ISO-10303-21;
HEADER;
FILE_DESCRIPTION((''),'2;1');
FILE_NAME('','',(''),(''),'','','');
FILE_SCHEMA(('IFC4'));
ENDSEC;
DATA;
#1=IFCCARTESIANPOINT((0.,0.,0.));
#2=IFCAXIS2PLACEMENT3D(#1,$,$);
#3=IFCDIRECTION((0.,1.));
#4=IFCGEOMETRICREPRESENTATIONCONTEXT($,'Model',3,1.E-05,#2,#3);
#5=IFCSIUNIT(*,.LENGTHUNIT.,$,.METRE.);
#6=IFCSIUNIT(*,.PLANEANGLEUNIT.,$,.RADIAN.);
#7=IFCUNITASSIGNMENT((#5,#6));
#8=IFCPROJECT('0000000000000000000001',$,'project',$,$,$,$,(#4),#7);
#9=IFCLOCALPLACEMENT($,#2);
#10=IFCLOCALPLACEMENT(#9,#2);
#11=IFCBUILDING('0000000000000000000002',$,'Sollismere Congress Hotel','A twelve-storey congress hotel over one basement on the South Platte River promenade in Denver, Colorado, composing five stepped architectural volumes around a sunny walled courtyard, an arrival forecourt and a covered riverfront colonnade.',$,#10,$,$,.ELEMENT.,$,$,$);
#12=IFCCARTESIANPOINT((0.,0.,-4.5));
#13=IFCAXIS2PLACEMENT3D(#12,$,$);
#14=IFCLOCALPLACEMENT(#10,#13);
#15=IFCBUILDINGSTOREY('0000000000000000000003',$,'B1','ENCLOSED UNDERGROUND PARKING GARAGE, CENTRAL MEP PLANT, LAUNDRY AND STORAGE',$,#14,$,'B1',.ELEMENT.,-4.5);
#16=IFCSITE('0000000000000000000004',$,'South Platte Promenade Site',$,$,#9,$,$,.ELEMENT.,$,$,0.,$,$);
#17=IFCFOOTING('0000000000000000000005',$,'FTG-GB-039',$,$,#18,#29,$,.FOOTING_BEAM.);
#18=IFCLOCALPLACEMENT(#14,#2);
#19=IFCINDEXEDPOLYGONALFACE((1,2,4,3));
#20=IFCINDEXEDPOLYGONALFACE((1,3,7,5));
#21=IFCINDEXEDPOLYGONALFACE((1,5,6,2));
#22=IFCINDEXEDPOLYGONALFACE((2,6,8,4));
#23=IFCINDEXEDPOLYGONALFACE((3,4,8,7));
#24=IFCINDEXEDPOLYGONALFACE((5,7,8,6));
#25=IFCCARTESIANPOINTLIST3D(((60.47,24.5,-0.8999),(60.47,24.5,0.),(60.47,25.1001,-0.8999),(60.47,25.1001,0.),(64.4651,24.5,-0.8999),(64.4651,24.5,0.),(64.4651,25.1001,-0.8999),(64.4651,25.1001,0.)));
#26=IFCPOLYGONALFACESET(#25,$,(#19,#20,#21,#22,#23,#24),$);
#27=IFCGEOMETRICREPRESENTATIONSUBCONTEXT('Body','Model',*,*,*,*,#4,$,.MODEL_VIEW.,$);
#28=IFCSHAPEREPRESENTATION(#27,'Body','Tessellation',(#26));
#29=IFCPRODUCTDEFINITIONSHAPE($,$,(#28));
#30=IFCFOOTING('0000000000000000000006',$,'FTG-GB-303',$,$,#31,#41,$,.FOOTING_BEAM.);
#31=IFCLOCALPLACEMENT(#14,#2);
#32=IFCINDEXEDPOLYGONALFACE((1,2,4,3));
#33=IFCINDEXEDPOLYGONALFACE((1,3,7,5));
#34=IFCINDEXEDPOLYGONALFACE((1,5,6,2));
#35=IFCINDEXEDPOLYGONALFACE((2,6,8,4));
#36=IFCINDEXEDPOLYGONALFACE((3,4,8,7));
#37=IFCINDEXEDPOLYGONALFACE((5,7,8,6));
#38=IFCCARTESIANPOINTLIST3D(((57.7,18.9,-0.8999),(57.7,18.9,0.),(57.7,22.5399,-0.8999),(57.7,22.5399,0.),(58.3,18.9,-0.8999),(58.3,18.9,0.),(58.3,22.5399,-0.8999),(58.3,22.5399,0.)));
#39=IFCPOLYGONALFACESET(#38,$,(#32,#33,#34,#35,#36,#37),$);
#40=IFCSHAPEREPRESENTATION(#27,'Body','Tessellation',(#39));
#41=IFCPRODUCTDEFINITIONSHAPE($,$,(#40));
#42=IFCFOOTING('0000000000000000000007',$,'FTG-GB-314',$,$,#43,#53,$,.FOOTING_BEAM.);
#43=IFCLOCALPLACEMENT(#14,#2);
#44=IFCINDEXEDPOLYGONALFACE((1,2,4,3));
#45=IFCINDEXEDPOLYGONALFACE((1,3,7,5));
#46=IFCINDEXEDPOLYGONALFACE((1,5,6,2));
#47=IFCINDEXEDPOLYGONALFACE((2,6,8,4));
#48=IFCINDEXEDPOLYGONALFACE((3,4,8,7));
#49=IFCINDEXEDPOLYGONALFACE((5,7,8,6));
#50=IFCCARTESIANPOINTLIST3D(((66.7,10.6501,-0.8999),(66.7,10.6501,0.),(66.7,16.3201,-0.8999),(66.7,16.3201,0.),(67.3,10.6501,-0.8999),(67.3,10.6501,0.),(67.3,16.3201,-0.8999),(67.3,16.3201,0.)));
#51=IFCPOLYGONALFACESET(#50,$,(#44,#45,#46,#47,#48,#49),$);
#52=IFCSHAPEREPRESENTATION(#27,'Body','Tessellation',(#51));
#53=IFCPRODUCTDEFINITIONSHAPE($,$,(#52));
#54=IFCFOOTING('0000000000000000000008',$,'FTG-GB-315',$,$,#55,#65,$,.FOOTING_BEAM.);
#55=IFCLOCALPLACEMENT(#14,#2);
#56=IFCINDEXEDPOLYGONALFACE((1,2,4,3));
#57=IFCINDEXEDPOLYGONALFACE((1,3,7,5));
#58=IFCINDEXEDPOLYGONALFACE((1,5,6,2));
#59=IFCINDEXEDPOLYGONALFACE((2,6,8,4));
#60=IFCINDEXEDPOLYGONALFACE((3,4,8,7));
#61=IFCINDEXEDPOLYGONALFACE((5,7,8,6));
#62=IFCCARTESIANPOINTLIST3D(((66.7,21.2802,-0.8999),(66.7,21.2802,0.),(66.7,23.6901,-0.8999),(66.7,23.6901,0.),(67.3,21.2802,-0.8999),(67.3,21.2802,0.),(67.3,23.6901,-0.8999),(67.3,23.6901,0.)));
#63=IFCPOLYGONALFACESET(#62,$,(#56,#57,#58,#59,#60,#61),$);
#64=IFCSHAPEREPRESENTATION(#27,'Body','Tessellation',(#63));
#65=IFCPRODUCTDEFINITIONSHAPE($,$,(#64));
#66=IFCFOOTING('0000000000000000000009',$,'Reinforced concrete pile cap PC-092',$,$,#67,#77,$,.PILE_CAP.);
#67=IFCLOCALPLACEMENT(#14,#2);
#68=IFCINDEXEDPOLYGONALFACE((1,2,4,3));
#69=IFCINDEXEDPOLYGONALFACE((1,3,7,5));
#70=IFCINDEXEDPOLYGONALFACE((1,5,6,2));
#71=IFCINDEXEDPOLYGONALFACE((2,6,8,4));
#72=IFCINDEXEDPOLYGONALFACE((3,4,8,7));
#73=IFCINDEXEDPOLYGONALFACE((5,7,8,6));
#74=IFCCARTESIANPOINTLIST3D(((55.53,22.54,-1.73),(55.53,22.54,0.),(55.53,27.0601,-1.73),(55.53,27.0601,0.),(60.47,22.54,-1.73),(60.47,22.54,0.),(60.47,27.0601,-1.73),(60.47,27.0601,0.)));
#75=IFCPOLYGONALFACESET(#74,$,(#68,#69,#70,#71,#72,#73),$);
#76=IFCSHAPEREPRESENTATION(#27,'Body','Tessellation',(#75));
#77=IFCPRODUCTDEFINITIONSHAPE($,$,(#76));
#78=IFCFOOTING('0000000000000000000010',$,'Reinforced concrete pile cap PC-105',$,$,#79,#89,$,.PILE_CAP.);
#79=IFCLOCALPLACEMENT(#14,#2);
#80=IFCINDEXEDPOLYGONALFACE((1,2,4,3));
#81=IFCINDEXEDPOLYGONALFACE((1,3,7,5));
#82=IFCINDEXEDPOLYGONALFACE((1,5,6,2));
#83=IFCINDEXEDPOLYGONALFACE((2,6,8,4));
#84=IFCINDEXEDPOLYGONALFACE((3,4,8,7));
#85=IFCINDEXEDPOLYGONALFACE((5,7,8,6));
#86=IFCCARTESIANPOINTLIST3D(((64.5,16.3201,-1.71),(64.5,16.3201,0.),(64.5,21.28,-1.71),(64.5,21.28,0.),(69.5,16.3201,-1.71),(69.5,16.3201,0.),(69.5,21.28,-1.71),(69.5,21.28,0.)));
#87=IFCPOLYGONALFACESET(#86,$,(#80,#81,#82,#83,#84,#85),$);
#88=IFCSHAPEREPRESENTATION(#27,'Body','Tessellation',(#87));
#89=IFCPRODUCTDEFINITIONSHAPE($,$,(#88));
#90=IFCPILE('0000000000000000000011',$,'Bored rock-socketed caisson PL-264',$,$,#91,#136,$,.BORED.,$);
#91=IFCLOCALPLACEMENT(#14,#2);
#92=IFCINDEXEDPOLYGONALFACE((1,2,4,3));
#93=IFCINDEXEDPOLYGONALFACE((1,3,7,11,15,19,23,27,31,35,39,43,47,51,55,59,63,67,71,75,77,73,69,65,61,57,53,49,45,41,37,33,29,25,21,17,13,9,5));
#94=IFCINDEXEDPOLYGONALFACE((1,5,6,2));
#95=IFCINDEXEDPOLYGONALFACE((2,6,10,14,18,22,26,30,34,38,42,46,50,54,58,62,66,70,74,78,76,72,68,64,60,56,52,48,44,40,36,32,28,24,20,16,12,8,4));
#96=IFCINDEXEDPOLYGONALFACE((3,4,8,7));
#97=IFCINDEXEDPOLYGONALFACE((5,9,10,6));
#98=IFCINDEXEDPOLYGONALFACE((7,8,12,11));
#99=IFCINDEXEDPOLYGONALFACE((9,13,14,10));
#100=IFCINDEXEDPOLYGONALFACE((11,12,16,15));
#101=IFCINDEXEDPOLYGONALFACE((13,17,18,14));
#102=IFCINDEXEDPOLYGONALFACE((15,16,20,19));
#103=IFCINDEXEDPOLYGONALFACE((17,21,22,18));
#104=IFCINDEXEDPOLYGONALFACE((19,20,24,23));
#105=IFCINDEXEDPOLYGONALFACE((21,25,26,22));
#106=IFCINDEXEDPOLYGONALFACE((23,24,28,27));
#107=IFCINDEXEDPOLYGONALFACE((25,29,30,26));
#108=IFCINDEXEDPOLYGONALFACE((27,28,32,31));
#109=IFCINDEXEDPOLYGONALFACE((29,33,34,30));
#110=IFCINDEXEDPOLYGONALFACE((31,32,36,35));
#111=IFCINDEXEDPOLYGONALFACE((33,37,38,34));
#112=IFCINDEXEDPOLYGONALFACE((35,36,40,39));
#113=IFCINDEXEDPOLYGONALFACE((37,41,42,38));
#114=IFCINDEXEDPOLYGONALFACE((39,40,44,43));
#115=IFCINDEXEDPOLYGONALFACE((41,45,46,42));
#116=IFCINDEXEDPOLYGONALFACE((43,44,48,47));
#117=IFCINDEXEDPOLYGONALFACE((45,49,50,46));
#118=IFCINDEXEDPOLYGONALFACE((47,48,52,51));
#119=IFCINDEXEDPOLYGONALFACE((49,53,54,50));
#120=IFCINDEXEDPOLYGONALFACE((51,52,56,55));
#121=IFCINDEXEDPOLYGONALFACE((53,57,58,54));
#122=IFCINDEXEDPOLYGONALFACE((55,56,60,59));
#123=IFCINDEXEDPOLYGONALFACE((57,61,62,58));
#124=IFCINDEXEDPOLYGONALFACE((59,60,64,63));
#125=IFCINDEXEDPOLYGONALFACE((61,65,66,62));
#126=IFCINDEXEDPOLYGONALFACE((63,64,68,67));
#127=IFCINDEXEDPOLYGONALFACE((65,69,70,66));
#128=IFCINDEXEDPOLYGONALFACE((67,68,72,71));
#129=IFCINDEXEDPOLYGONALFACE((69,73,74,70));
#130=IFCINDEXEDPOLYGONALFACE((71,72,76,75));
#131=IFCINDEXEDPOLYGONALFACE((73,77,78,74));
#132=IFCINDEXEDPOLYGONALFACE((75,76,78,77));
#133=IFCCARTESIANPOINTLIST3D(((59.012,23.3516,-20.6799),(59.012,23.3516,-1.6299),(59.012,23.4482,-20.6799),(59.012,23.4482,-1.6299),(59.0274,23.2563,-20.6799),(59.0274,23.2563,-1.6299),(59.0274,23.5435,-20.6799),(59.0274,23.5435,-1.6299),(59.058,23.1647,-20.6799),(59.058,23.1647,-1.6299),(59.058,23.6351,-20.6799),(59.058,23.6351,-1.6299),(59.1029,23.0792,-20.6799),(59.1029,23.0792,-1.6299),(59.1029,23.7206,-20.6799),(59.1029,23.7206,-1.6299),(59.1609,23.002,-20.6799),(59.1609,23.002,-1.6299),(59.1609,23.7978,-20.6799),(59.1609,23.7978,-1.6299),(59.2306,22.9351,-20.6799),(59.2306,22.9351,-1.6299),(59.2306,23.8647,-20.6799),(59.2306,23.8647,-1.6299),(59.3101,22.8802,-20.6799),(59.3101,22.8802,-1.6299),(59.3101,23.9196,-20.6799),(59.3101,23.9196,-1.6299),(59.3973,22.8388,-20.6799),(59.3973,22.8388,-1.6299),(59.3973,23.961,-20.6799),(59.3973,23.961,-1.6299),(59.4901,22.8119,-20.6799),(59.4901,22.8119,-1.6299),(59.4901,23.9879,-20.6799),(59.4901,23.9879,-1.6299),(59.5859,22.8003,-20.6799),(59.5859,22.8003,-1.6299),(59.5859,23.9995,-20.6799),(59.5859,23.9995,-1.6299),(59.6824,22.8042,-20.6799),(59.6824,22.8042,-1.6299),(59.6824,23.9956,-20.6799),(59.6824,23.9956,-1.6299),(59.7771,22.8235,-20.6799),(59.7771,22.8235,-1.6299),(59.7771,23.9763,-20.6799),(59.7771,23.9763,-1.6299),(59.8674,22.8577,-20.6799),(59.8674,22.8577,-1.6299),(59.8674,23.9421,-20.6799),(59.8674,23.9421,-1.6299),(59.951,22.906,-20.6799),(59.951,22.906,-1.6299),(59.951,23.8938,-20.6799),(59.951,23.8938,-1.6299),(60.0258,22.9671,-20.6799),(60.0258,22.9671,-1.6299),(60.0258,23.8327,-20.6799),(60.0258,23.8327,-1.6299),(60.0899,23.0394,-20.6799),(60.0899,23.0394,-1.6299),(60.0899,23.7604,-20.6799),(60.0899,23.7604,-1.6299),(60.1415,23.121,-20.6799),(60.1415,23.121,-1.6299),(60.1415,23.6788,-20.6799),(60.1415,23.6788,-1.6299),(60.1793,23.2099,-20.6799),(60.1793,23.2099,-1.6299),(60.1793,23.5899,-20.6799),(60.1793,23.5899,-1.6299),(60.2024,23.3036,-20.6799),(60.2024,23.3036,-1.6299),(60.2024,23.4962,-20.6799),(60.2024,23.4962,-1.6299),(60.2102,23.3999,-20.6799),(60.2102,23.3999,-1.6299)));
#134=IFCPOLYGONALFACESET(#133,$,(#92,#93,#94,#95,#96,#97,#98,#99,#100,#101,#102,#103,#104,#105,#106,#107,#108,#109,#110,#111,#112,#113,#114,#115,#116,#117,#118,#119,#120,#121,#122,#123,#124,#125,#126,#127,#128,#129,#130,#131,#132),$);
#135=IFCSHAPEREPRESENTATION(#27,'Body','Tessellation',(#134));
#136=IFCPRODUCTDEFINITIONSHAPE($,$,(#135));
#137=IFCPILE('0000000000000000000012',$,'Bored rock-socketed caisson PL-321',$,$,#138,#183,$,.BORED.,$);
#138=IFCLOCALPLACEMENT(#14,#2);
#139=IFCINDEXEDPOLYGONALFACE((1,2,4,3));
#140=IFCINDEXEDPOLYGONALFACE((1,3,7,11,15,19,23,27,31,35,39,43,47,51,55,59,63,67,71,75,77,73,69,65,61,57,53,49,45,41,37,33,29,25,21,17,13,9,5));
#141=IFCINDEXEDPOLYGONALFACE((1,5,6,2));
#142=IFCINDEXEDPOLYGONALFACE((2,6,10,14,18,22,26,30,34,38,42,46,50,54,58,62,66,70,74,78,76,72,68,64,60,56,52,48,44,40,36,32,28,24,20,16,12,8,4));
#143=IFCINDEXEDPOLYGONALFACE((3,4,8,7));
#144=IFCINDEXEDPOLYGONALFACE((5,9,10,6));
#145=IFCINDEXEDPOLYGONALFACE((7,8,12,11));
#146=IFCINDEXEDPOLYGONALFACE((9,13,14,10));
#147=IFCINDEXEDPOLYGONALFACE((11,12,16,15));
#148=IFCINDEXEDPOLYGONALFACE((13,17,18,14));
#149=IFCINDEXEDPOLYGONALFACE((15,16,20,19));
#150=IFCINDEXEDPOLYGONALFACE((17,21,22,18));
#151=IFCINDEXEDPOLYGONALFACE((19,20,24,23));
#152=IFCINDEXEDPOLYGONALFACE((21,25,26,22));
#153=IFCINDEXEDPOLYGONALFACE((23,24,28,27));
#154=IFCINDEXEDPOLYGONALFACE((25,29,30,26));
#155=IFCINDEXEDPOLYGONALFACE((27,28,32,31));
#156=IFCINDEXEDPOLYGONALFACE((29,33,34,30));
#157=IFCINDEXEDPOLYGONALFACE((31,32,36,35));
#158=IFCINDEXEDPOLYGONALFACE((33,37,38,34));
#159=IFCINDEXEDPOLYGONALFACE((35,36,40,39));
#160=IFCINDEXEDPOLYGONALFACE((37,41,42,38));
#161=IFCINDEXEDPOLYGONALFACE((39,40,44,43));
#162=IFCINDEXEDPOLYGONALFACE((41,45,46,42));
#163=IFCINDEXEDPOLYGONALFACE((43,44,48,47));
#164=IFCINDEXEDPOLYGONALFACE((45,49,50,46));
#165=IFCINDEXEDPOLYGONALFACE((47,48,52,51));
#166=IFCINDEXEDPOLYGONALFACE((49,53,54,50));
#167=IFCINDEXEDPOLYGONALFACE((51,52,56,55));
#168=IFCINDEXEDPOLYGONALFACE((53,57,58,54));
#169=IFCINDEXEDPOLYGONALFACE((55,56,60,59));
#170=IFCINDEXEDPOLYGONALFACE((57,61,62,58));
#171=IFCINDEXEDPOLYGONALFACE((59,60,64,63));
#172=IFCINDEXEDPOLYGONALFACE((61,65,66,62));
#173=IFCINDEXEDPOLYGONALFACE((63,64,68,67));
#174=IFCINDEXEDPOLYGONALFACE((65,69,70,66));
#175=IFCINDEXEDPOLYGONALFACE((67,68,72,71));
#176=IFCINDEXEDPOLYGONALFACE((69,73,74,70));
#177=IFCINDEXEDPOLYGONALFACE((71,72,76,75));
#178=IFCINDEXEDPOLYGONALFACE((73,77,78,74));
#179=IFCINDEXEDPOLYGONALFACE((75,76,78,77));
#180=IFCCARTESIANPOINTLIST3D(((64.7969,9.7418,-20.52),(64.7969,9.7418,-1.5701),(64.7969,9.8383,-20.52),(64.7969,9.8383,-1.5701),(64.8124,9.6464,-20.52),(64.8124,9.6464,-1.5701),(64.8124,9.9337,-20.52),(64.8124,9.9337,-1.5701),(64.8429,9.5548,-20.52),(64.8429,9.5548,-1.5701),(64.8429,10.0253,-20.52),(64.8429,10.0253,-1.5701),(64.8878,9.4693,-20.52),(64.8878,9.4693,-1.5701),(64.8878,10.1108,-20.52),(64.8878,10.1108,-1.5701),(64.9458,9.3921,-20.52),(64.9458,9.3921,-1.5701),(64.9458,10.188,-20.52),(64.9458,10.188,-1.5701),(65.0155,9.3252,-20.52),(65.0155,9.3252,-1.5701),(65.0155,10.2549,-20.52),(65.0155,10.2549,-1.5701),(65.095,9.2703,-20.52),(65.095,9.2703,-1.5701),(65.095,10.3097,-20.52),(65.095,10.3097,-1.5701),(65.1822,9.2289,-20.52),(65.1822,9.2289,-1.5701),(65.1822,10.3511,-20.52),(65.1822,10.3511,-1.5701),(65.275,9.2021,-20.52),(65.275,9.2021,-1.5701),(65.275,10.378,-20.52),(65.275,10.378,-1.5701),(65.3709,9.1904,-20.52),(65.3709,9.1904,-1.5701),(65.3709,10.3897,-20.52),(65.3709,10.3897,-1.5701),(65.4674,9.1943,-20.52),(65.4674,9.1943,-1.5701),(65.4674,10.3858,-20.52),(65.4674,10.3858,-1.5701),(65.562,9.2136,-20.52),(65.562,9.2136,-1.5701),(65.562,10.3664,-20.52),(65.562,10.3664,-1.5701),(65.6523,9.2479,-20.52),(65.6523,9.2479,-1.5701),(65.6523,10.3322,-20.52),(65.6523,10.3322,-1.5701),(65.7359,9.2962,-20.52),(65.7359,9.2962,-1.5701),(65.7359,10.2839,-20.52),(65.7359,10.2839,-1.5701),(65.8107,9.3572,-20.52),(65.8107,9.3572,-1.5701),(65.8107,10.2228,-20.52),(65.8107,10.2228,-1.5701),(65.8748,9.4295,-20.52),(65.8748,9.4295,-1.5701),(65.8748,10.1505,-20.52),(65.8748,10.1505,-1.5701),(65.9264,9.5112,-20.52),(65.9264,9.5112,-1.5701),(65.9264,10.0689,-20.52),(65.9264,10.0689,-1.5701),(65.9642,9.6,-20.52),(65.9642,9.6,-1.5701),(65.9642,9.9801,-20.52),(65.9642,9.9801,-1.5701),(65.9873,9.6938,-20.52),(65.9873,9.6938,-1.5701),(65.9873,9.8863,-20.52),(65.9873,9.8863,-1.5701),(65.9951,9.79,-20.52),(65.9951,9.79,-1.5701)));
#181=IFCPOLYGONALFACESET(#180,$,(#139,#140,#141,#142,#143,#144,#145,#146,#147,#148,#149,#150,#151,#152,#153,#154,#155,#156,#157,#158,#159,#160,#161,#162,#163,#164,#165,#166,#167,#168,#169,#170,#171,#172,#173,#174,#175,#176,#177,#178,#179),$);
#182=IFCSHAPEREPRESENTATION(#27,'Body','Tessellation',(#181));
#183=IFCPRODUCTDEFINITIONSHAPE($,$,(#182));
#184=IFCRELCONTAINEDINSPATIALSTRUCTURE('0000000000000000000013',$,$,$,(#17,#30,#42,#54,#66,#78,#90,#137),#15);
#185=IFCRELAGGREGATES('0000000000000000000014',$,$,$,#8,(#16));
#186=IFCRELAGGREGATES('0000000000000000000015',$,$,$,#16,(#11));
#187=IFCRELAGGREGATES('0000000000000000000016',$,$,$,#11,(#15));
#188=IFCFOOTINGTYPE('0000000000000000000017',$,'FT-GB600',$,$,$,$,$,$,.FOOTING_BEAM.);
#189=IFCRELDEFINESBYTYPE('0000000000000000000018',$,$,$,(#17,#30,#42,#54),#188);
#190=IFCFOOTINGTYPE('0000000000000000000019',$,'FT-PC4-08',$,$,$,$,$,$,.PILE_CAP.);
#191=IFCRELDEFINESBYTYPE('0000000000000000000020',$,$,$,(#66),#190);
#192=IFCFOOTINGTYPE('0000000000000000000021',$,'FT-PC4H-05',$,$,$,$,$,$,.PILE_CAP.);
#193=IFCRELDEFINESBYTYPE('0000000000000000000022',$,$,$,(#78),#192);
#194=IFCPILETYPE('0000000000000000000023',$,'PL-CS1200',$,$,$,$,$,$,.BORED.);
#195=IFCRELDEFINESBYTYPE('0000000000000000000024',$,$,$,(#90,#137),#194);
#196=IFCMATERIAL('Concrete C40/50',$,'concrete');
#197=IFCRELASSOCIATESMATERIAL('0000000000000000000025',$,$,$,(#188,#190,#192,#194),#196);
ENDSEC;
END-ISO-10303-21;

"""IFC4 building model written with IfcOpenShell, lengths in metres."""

from ifc_helpers import new_model, si_unit, direction, frame, origin, origin_2d, place, context, subcontext, project, spatial, rectangle, circle, extrude, material, material_profile, profile_set, type_object, element, save


model = new_model("IFC4")

# Units and contexts
model_context = context("Model", 3, precision=1e-05, world=origin(), true_north=direction((0.0, 1.0)))
body_context = subcontext(model_context, "Body", "Model", "MODEL_VIEW")
ifc_project = project(units=[si_unit("LENGTHUNIT", "METRE"), si_unit("PLANEANGLEUNIT", "RADIAN")], contexts=[model_context])

# Site, building, storey
site_placement = place(None, origin())
site = spatial("IfcSite", under=ifc_project, at=site_placement, Name="South Platte Promenade Site", CompositionType="ELEMENT", RefElevation=0.0)
building_placement = place(site_placement, origin())
building = spatial("IfcBuilding", under=site, at=building_placement, Name="Sollismere Congress Hotel", Description="A twelve-storey congress hotel over one basement on the South Platte River promenade in Denver, Colorado, composing five stepped architectural volumes around a sunny walled courtyard, an arrival forecourt and a covered riverfront colonnade.", CompositionType="ELEMENT")
storey_placement = place(building_placement, frame((0.0, 0.0, -4.5)))
storey = spatial("IfcBuildingStorey", under=building, at=storey_placement, Name="B1", Description="ENCLOSED UNDERGROUND PARKING GARAGE, CENTRAL MEP PLANT, LAUNDRY AND STORAGE", LongName="B1", CompositionType="ELEMENT", Elevation=-4.5)

# Footings
ifc_material_1 = material(Name="Concrete C40/50", Category="concrete")
footing_type_1 = type_object("IfcFootingType", Name="FT-GB600", PredefinedType="FOOTING_BEAM", material=ifc_material_1)
footing_1_placement = place(storey_placement, frame((62.4675, 24.8, -0.8999), z_axis=(0.0, 0.0, 1.0), x_axis=(1.0, 0.0, 0.0)))
element("IfcFooting", 1, at=footing_1_placement, inside=storey, type_object=footing_type_1, Name="FTG-GB-039", PredefinedType="FOOTING_BEAM", context=body_context, shape_type="SweptSolid", body=[
    extrude(rectangle(XDim=3.9951, YDim=0.6001, at=origin_2d()), origin(), (0.0, 0.0, 1.0), 0.8999),
])
footing_2_placement = place(storey_placement, frame((58.0, 20.72, -0.8999), z_axis=(0.0, 0.0, 1.0), x_axis=(0.0, 1.0, 0.0)))
element("IfcFooting", 2, at=footing_2_placement, inside=storey, type_object=footing_type_1, Name="FTG-GB-303", PredefinedType="FOOTING_BEAM", context=body_context, shape_type="SweptSolid", body=[
    extrude(rectangle(XDim=3.6399, YDim=0.6001, at=origin_2d()), origin(), (0.0, 0.0, 1.0), 0.8999),
])
footing_3_placement = place(storey_placement, frame((67.0, 13.4851, -0.8999), z_axis=(0.0, 0.0, 1.0), x_axis=(0.0, 1.0, 0.0)))
element("IfcFooting", 3, at=footing_3_placement, inside=storey, type_object=footing_type_1, Name="FTG-GB-314", PredefinedType="FOOTING_BEAM", context=body_context, shape_type="SweptSolid", body=[
    extrude(rectangle(XDim=5.6699, YDim=0.6001, at=origin_2d()), origin(), (0.0, 0.0, 1.0), 0.8999),
])
footing_4_placement = place(storey_placement, frame((67.0, 22.4851, -0.8999), z_axis=(0.0, 0.0, 1.0), x_axis=(0.0, 1.0, 0.0)))
element("IfcFooting", 4, at=footing_4_placement, inside=storey, type_object=footing_type_1, Name="FTG-GB-315", PredefinedType="FOOTING_BEAM", context=body_context, shape_type="SweptSolid", body=[
    extrude(rectangle(XDim=2.4099, YDim=0.6001, at=origin_2d()), origin(), (0.0, 0.0, 1.0), 0.8999),
])
footing_type_2 = type_object("IfcFootingType", Name="FT-PC4-08", PredefinedType="PILE_CAP", material=ifc_material_1)
footing_5_placement = place(storey_placement, frame((58.0, 24.8, -1.73), z_axis=(0.0, 0.0, 1.0), x_axis=(1.0, 0.0, 0.0)))
element("IfcFooting", 5, at=footing_5_placement, inside=storey, type_object=footing_type_2, Name="Reinforced concrete pile cap PC-092", PredefinedType="PILE_CAP", context=body_context, shape_type="SweptSolid", body=[
    extrude(rectangle(XDim=4.9399, YDim=4.52, at=origin_2d()), origin(), (0.0, 0.0, 1.0), 1.73),
])
footing_type_3 = type_object("IfcFootingType", Name="FT-PC4H-05", PredefinedType="PILE_CAP", material=ifc_material_1)
footing_6_placement = place(storey_placement, frame((67.0, 18.8, -1.71), z_axis=(0.0, 0.0, 1.0), x_axis=(1.0, 0.0, 0.0)))
element("IfcFooting", 6, at=footing_6_placement, inside=storey, type_object=footing_type_3, Name="Reinforced concrete pile cap PC-105", PredefinedType="PILE_CAP", context=body_context, shape_type="SweptSolid", body=[
    extrude(rectangle(XDim=5.0, YDim=4.96, at=origin_2d()), origin(), (0.0, 0.0, 1.0), 1.71),
])

# Piles
ifc_material_profile_1 = material_profile(ifc_material_1, circle(Radius=0.6001, at=origin_2d()), Name="CAISSON1200")
ifc_profile_set_1 = profile_set([ifc_material_profile_1], Name="Concrete C40/50")
pile_type = type_object("IfcPileType", Name="PL-CS1200", PredefinedType="BORED", material=ifc_profile_set_1)
pile_1_placement = place(storey_placement, frame((59.6101, 23.3999, -1.6299), z_axis=(0.0, 0.0, -1.0), x_axis=(1.0, 0.0, 0.0)))
element("IfcPile", 7, at=pile_1_placement, inside=storey, type_object=pile_type, Name="Bored rock-socketed caisson PL-264", PredefinedType="BORED", context=body_context, shape_type="SweptSolid", body=[
    extrude(circle(Radius=0.6001, at=origin_2d()), origin(), (0.0, 0.0, 1.0), 19.05),
])
pile_2_placement = place(storey_placement, frame((65.395, 9.79, -1.5701), z_axis=(0.0, 0.0, -1.0), x_axis=(1.0, 0.0, 0.0)))
element("IfcPile", 8, at=pile_2_placement, inside=storey, type_object=pile_type, Name="Bored rock-socketed caisson PL-321", PredefinedType="BORED", context=body_context, shape_type="SweptSolid", body=[
    extrude(circle(Radius=0.6001, at=origin_2d()), origin(), (0.0, 0.0, 1.0), 18.95),
])

save(model, "model.ifc")
